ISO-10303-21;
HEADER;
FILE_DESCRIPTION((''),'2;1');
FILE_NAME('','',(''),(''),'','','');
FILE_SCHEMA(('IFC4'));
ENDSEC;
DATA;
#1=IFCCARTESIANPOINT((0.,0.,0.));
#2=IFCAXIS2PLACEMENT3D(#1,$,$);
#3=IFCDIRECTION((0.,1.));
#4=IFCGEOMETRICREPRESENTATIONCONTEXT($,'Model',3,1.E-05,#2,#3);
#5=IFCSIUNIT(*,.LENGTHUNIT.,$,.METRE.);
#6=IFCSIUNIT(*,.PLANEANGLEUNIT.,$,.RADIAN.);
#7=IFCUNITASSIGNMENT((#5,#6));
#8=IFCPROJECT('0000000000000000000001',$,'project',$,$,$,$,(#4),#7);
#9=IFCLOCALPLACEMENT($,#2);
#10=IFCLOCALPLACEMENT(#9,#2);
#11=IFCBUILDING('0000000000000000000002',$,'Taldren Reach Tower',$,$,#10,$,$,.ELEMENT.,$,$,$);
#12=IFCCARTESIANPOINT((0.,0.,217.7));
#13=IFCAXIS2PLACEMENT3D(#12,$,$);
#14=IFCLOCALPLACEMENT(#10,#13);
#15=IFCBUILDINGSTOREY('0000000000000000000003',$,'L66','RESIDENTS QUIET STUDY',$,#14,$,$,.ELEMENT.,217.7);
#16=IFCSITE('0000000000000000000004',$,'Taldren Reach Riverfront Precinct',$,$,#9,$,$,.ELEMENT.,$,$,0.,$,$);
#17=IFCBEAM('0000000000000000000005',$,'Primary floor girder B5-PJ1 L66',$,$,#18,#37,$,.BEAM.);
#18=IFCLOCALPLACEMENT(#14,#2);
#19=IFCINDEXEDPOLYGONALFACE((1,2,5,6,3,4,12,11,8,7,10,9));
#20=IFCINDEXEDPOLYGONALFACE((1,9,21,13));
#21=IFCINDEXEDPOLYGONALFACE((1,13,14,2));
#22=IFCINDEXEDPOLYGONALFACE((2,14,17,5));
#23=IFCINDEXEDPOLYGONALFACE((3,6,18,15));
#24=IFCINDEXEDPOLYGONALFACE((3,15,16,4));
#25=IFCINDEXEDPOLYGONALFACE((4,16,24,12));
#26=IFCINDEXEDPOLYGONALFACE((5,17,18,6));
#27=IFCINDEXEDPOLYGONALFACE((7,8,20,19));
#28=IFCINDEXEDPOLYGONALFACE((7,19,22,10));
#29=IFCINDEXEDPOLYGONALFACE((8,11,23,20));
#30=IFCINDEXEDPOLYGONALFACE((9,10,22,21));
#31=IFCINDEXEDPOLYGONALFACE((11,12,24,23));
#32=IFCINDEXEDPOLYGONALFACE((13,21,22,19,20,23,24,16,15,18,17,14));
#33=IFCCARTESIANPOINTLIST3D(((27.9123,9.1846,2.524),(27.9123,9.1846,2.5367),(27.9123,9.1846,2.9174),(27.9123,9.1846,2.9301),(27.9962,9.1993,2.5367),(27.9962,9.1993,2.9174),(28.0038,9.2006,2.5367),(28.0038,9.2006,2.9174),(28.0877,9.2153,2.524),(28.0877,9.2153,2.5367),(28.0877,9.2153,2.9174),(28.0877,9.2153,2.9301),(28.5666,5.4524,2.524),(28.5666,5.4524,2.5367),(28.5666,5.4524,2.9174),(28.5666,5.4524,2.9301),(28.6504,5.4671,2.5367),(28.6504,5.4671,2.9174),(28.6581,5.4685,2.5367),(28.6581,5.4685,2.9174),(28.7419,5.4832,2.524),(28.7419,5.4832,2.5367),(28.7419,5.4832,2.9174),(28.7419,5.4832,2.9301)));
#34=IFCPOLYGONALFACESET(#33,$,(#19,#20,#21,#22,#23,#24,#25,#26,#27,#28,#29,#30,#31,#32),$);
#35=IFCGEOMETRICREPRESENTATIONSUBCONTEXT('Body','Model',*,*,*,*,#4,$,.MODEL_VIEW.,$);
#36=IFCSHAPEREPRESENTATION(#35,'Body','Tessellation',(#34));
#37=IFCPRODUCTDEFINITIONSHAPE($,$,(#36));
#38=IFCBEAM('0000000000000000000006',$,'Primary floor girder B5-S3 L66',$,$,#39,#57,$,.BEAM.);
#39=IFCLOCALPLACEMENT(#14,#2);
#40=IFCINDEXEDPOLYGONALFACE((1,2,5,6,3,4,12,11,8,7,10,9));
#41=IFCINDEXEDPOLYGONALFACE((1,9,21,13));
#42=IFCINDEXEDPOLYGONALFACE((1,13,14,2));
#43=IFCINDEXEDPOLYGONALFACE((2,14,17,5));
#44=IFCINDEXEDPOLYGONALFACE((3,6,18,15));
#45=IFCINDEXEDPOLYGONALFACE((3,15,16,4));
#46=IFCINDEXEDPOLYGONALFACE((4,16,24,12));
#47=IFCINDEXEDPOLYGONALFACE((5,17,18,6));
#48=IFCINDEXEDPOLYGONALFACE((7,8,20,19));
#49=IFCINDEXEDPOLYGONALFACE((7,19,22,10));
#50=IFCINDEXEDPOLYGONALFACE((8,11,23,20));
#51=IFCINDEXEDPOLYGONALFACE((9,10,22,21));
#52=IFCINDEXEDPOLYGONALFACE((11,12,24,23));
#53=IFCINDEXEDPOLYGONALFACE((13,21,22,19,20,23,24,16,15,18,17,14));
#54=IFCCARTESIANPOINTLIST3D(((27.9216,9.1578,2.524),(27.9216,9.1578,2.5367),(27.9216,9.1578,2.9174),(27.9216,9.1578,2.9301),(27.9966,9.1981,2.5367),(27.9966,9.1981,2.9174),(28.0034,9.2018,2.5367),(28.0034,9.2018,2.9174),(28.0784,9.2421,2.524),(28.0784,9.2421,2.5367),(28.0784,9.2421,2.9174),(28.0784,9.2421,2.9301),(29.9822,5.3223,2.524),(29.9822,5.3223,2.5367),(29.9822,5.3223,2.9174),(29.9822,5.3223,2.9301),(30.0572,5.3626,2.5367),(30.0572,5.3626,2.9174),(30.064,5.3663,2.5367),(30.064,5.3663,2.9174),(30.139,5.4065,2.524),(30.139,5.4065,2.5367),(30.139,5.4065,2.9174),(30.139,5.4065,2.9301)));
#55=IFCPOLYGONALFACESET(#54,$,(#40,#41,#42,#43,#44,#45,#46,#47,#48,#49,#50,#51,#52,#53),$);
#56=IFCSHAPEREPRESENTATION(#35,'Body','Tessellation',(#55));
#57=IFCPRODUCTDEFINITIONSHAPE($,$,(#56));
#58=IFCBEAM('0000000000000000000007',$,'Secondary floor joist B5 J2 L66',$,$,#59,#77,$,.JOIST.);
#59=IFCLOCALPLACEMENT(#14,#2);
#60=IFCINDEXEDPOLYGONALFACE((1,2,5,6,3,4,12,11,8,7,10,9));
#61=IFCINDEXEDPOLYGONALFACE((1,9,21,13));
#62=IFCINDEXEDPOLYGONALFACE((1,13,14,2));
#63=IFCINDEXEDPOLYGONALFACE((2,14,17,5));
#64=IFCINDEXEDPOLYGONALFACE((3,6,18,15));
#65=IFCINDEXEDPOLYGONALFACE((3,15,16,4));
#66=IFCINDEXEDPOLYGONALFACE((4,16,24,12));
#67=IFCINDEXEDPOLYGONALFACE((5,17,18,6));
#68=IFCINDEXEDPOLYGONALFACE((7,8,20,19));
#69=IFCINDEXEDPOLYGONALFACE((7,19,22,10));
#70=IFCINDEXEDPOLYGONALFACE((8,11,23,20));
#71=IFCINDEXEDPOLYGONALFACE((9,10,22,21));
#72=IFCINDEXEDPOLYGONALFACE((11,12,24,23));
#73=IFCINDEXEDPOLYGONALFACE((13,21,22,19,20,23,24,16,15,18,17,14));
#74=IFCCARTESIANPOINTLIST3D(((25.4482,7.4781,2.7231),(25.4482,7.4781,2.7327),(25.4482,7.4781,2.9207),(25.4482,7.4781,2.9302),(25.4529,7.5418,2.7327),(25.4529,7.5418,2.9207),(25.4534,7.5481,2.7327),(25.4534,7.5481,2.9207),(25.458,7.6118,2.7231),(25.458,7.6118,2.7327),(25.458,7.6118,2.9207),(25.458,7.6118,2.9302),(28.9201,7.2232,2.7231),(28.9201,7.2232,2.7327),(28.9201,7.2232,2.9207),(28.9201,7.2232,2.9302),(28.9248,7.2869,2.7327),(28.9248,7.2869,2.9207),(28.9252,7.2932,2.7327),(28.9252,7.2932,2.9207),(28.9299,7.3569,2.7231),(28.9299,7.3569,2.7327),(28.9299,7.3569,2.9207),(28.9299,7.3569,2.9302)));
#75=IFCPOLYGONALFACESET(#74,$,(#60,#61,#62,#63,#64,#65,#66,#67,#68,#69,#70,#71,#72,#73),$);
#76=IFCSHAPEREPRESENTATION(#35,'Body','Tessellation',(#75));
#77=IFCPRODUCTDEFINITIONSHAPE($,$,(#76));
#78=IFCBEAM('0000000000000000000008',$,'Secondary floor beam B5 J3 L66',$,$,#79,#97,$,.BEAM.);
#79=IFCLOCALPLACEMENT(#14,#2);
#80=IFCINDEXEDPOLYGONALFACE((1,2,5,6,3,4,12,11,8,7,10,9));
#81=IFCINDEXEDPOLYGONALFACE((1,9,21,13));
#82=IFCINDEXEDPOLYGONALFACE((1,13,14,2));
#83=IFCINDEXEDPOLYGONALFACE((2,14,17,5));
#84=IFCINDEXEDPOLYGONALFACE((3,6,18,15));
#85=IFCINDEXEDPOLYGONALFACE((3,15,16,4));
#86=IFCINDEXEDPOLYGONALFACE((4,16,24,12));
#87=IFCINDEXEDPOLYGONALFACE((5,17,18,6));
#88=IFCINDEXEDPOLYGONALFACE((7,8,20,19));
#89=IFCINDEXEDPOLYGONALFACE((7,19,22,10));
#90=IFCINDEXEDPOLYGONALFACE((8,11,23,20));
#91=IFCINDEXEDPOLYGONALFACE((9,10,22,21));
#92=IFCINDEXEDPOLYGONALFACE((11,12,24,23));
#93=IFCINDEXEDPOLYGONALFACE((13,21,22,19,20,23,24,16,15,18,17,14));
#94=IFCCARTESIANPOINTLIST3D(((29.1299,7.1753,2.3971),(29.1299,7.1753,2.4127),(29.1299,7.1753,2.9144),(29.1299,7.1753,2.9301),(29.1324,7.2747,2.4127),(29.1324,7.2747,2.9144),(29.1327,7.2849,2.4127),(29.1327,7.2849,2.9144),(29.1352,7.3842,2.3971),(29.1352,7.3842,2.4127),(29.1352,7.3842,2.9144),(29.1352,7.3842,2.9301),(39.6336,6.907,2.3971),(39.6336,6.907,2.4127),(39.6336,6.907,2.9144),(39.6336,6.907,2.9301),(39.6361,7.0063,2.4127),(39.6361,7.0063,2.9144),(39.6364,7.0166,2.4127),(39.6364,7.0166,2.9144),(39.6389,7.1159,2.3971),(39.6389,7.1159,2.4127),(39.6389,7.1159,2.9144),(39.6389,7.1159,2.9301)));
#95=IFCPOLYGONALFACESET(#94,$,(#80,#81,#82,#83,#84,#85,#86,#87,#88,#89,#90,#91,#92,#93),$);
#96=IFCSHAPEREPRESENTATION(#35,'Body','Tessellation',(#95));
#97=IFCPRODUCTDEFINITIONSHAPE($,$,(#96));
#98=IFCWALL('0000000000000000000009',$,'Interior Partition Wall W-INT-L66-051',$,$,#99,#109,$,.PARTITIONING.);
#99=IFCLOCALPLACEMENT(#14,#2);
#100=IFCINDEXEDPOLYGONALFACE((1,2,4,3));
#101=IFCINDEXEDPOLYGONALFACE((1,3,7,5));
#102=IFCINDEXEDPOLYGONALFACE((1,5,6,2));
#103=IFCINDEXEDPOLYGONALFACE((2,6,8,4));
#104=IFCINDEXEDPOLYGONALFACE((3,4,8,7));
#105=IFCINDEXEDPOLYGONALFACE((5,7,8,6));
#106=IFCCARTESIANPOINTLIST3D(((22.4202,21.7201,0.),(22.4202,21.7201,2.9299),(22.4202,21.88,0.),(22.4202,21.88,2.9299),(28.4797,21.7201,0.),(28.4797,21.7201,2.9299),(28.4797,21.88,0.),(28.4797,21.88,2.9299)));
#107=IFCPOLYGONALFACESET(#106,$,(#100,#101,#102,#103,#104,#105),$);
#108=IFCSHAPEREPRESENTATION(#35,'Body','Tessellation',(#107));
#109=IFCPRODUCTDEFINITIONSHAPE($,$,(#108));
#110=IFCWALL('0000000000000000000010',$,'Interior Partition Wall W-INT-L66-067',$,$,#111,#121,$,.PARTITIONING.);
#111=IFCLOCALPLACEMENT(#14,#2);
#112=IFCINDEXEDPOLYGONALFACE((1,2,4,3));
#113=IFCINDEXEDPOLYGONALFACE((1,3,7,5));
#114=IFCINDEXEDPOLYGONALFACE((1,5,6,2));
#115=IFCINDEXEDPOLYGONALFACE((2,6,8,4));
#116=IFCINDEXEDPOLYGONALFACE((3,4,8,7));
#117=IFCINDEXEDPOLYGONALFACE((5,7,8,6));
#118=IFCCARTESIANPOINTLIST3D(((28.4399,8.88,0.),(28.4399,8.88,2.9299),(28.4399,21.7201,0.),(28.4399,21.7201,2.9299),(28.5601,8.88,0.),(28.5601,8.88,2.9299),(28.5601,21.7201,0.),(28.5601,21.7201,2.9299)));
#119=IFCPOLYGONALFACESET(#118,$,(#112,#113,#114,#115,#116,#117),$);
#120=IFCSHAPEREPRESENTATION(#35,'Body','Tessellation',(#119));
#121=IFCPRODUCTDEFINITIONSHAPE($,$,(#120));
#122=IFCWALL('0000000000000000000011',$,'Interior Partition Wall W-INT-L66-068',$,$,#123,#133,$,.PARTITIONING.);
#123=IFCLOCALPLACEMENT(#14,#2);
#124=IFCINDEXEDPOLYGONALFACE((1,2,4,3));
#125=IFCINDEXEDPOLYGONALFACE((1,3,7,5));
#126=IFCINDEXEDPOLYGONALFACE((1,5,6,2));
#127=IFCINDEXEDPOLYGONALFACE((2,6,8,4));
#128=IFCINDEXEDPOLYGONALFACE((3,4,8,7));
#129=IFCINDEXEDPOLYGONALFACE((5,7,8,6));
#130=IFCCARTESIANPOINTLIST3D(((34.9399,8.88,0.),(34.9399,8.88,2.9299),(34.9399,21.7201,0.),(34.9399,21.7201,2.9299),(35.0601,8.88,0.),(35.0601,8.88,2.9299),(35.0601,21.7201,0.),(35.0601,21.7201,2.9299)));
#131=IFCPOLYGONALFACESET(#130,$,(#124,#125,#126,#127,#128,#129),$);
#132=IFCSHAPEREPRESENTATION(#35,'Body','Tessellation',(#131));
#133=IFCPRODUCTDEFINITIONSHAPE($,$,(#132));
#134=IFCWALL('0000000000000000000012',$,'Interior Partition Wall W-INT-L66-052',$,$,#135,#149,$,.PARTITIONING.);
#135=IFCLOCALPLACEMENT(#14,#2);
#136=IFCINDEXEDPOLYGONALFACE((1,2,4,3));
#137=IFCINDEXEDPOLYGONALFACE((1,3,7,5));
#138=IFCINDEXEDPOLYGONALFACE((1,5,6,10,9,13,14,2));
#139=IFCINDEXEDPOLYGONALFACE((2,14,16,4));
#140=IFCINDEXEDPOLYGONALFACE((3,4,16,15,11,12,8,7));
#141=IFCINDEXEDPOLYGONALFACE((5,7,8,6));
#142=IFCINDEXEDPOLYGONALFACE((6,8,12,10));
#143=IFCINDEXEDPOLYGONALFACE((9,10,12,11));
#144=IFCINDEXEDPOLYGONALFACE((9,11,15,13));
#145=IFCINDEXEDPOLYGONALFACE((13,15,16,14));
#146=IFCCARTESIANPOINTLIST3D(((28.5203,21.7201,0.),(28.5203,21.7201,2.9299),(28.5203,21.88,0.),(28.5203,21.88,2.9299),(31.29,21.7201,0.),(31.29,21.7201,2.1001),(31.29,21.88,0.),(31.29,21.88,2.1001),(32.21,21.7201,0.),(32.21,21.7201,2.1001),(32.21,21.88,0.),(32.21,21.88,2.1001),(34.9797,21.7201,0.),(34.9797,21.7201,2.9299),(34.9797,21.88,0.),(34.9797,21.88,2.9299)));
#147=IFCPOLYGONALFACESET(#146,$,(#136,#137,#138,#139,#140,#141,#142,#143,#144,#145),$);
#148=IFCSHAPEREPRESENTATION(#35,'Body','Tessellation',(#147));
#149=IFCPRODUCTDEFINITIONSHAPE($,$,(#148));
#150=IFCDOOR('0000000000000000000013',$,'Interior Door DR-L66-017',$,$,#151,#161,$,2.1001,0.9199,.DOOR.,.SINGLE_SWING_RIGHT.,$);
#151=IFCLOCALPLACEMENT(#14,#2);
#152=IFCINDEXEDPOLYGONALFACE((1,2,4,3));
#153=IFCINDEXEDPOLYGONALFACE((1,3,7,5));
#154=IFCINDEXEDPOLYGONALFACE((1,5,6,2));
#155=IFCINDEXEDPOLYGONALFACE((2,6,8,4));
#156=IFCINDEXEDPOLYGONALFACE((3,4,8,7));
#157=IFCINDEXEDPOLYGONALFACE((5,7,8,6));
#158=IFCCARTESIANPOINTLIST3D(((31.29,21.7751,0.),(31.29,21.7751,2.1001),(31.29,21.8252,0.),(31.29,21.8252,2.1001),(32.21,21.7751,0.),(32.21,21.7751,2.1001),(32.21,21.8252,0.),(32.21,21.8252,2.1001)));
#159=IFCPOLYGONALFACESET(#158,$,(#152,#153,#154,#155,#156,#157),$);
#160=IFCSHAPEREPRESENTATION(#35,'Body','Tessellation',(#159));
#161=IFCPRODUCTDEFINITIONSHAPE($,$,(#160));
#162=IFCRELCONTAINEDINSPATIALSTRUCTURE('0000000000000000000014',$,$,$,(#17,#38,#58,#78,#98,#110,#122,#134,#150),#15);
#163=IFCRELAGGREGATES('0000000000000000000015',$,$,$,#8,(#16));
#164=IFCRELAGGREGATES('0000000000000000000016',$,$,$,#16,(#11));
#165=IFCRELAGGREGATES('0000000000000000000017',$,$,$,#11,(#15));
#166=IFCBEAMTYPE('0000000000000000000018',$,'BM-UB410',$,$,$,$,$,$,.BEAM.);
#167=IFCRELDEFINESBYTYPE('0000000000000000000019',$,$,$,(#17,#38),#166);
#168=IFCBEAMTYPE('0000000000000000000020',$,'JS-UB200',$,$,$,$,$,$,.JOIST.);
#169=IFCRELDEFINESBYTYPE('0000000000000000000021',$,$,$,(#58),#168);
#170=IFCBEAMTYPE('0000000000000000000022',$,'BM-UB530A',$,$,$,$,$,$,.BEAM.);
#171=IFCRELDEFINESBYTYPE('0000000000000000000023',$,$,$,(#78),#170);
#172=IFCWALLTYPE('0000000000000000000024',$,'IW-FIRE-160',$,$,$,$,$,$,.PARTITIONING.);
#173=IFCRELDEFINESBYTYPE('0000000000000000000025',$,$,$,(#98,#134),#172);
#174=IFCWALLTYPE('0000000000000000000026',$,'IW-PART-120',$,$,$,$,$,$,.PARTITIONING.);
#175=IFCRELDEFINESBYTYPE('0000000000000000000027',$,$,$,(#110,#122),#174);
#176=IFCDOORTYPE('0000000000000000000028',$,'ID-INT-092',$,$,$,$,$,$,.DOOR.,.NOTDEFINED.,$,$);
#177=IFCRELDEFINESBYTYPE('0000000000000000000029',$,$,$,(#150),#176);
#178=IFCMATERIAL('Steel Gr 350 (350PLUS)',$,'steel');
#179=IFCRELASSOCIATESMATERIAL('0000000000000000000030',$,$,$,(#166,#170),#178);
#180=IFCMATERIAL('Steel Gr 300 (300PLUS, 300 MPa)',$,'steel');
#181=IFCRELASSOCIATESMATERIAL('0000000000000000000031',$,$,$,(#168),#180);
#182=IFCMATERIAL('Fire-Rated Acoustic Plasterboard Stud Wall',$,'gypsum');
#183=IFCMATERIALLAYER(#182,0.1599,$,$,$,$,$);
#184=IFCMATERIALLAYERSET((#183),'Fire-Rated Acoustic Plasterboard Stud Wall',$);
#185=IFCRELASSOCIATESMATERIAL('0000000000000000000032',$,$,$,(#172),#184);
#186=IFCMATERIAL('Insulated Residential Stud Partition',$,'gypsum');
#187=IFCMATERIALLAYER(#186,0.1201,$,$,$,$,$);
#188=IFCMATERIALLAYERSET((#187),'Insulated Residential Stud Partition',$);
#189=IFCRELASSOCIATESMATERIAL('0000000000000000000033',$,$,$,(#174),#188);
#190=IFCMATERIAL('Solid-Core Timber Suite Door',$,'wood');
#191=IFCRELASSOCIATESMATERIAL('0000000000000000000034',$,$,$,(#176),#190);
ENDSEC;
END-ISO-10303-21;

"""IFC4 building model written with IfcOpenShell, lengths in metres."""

from ifc_helpers import new_model, si_unit, direction, frame, frame_2d, origin, origin_2d, place, context, subcontext, project, spatial, rectangle, i_section, extrude, source, transform, mapped, material, layer, layer_set, material_profile, profile_set, type_object, element, fill, save


model = new_model("IFC4")

# Units and contexts
model_context = context("Model", 3, precision=1e-05, world=origin(), true_north=direction((0.0, 1.0)))
body_context = subcontext(model_context, "Body", "Model", "MODEL_VIEW")
ifc_project = project(units=[si_unit("LENGTHUNIT", "METRE"), si_unit("PLANEANGLEUNIT", "RADIAN")], contexts=[model_context])

# Site, building, storey
site_placement = place(None, origin())
site = spatial("IfcSite", under=ifc_project, at=site_placement, Name="Taldren Reach Riverfront Precinct", CompositionType="ELEMENT", RefElevation=0.0)
building_placement = place(site_placement, origin())
building = spatial("IfcBuilding", under=site, at=building_placement, Name="Taldren Reach Tower", CompositionType="ELEMENT")
storey_placement = place(building_placement, frame((0.0, 0.0, 217.7)))
storey = spatial("IfcBuildingStorey", under=building, at=storey_placement, Name="L66", Description="RESIDENTS QUIET STUDY", CompositionType="ELEMENT", Elevation=217.7)

# Shared definitions
ifc_material_1 = material(Name="Steel Gr 350 (350PLUS)", Category="steel")

# Beams
ifc_material_profile_1 = material_profile(ifc_material_1, i_section(OverallWidth=0.178, OverallDepth=0.406, WebThickness=0.0078, FlangeThickness=0.0127, at=origin_2d()), Name="410UB59.7")
ifc_profile_set_1 = profile_set([ifc_material_profile_1], Name="Steel Gr 350 (350PLUS)")
beam_type_1 = type_object("IfcBeamType", Name="BM-UB410", PredefinedType="BEAM", material=ifc_profile_set_1)
shared_shape_1 = source(origin(), body_context, "Body", "SweptSolid", [
    extrude(i_section(OverallWidth=0.178, OverallDepth=0.406, WebThickness=0.0078, FlangeThickness=0.0127, at=origin_2d()), origin(), (0.0, 0.0, 1.0), 3.7891),
])
beam_1_placement = place(storey_placement, frame((28.0, 9.2, 2.7271), z_axis=(0.172679, -0.984978, 0.0), x_axis=(0.984978, 0.172679, 0.0)))
element("IfcBeam", 1, at=beam_1_placement, inside=storey, type_object=beam_type_1, Name="Primary floor girder B5-PJ1 L66", PredefinedType="BEAM", context=body_context, shape_type="MappedRepresentation", body=[
    mapped(shared_shape_1, transform((0.0, 0.0, 0.0), scale=1.0)),
])
shared_shape_2 = source(origin(), body_context, "Body", "SweptSolid", [
    extrude(i_section(OverallWidth=0.178, OverallDepth=0.406, WebThickness=0.0078, FlangeThickness=0.0127, at=origin_2d()), origin(), (0.0, 0.0, 1.0), 4.354),
])
beam_2_placement = place(storey_placement, frame((28.0, 9.2, 2.7271), z_axis=(0.473264, -0.880921, 0.0), x_axis=(0.880921, 0.473264, 0.0)))
element("IfcBeam", 2, at=beam_2_placement, inside=storey, type_object=beam_type_1, Name="Primary floor girder B5-S3 L66", PredefinedType="BEAM", context=body_context, shape_type="MappedRepresentation", body=[
    mapped(shared_shape_2, transform((0.0, 0.0, 0.0), scale=1.0)),
])
ifc_material_2 = material(Name="Steel Gr 300 (300PLUS, 300 MPa)", Category="steel")
ifc_material_profile_2 = material_profile(ifc_material_2, i_section(OverallWidth=0.134, OverallDepth=0.207, WebThickness=0.0063, FlangeThickness=0.0095, at=origin_2d()), Name="200UB29.8")
ifc_profile_set_2 = profile_set([ifc_material_profile_2], Name="Steel Gr 300 (300PLUS, 300 MPa)")
beam_type_2 = type_object("IfcBeamType", Name="JS-UB200", PredefinedType="JOIST", material=ifc_profile_set_2)
shared_shape_3 = source(origin(), body_context, "Body", "SweptSolid", [
    extrude(i_section(OverallWidth=0.134, OverallDepth=0.207, WebThickness=0.0063, FlangeThickness=0.0095, at=origin_2d()), origin(), (0.0, 0.0, 1.0), 3.4812),
])
beam_3_placement = place(storey_placement, frame((25.4531, 7.5449, 2.8267), z_axis=(0.997316, -0.073216, 0.0), x_axis=(0.073216, 0.997316, 0.0)))
element("IfcBeam", 3, at=beam_3_placement, inside=storey, type_object=beam_type_2, Name="Secondary floor joist B5 J2 L66", PredefinedType="JOIST", context=body_context, shape_type="MappedRepresentation", body=[
    mapped(shared_shape_3, transform((0.0, 0.0, 0.0), scale=1.0)),
])
ifc_material_profile_3 = material_profile(ifc_material_1, i_section(OverallWidth=0.209, OverallDepth=0.533, WebThickness=0.0103, FlangeThickness=0.0156, at=origin_2d()), Name="530UB92.4")
ifc_profile_set_3 = profile_set([ifc_material_profile_3], Name="Steel Gr 350 (350PLUS)")
beam_type_3 = type_object("IfcBeamType", Name="BM-UB530A", PredefinedType="BEAM", material=ifc_profile_set_3)
shared_shape_4 = source(origin(), body_context, "Body", "SweptSolid", [
    extrude(i_section(OverallWidth=0.209, OverallDepth=0.533, WebThickness=0.0103, FlangeThickness=0.0156, at=origin_2d()), origin(), (0.0, 0.0, 1.0), 10.5071),
])
beam_4_placement = place(storey_placement, frame((29.1326, 7.2798, 2.6636), z_axis=(0.999674, -0.025536, 0.0), x_axis=(0.025536, 0.999674, 0.0)))
element("IfcBeam", 4, at=beam_4_placement, inside=storey, type_object=beam_type_3, Name="Secondary floor beam B5 J3 L66", PredefinedType="BEAM", context=body_context, shape_type="MappedRepresentation", body=[
    mapped(shared_shape_4, transform((0.0, 0.0, 0.0), scale=1.0)),
])

# Walls
ifc_material_3 = material(Name="Fire-Rated Acoustic Plasterboard Stud Wall", Category="gypsum")
ifc_layer_1 = layer(ifc_material_3, 0.1599)
ifc_layer_set_1 = layer_set([ifc_layer_1], Name="Fire-Rated Acoustic Plasterboard Stud Wall")
wall_type_1 = type_object("IfcWallType", Name="IW-FIRE-160", PredefinedType="PARTITIONING", material=ifc_layer_set_1)
shared_shape_5 = source(origin(), body_context, "Body", "SweptSolid", [
    extrude(rectangle(XDim=6.0596, YDim=0.1599, at=frame_2d((3.0298, 0.0))), origin(), (0.0, 0.0, 1.0), 2.9299),
])
wall_1_placement = place(storey_placement, frame((28.4797, 21.8, 0.0), z_axis=(0.0, 0.0, 1.0), x_axis=(-1.0, 0.0, 0.0)))
element("IfcWall", 5, at=wall_1_placement, inside=storey, type_object=wall_type_1, Name="Interior Partition Wall W-INT-L66-051", PredefinedType="PARTITIONING", context=body_context, shape_type="MappedRepresentation", body=[
    mapped(shared_shape_5, transform((0.0, 0.0, 0.0), scale=1.0)),
])
ifc_material_4 = material(Name="Insulated Residential Stud Partition", Category="gypsum")
ifc_layer_2 = layer(ifc_material_4, 0.1201)
ifc_layer_set_2 = layer_set([ifc_layer_2], Name="Insulated Residential Stud Partition")
wall_type_2 = type_object("IfcWallType", Name="IW-PART-120", PredefinedType="PARTITIONING", material=ifc_layer_set_2)
shared_shape_6 = source(origin(), body_context, "Body", "SweptSolid", [
    extrude(rectangle(XDim=12.8401, YDim=0.1201, at=frame_2d((6.4199, 0.0))), origin(), (0.0, 0.0, 1.0), 2.9299),
])
for number, where, z_axis, x_axis, name in (
    (6, (28.5, 21.72, 0.0), (0.0, 0.0, 1.0), (0.0, -1.0, 0.0), "Interior Partition Wall W-INT-L66-067"),
    (7, (35.0, 21.72, 0.0), (0.0, 0.0, 1.0), (0.0, -1.0, 0.0), "Interior Partition Wall W-INT-L66-068"),
):
    element("IfcWall", number, at=place(storey_placement, frame(where, z_axis=z_axis, x_axis=x_axis)), inside=storey, type_object=wall_type_2, Name=name, PredefinedType="PARTITIONING", context=body_context, shape_type="MappedRepresentation", body=[
        mapped(shared_shape_6, transform((0.0, 0.0, 0.0), scale=1.0)),
    ])

# Wall, opening, door
shared_shape_7 = source(origin(), body_context, "Body", "SweptSolid", [
    extrude(rectangle(XDim=6.4595, YDim=0.1599, at=frame_2d((3.2297, 0.0))), origin(), (0.0, 0.0, 1.0), 2.9299),
])
wall_2_placement = place(storey_placement, frame((34.9797, 21.8, 0.0), z_axis=(0.0, 0.0, 1.0), x_axis=(-1.0, 0.0, 0.0)))
wall_2 = element("IfcWall", 8, at=wall_2_placement, inside=storey, type_object=wall_type_1, Name="Interior Partition Wall W-INT-L66-052", PredefinedType="PARTITIONING", context=body_context, shape_type="MappedRepresentation", body=[
    mapped(shared_shape_7, transform((0.0, 0.0, 0.0), scale=1.0)),
])
shared_shape_8 = source(origin(), body_context, "Body", "SweptSolid", [
    extrude(rectangle(XDim=0.9199, YDim=2.1001, at=frame_2d((0.46, 1.05))), frame((0.0, 0.0898, 0.0), z_axis=(0.0, -1.0, 0.0), x_axis=(1.0, 0.0, 0.0)), (0.0, 0.0, 1.0), 0.1799),
])
opening_placement = place(wall_2_placement, frame((2.7698, 0.0, 0.0)))
opening = element("IfcOpeningElement", 9, at=opening_placement, cuts=wall_2, PredefinedType="OPENING", context=body_context, shape_type="MappedRepresentation", body=[
    mapped(shared_shape_8, transform((0.0, 0.0, 0.0), scale=1.0)),
])
ifc_material_5 = material(Name="Solid-Core Timber Suite Door", Category="wood")
door_type = type_object("IfcDoorType", Name="ID-INT-092", OperationType="NOTDEFINED", PredefinedType="DOOR", material=ifc_material_5)
shared_shape_9 = source(origin(), body_context, "Body", "SweptSolid", [
    extrude(rectangle(XDim=0.9199, YDim=2.1001, at=frame_2d((0.46, 1.05))), frame((0.0, 0.0249, 0.0), z_axis=(0.0, -1.0, 0.0), x_axis=(1.0, 0.0, 0.0)), (0.0, 0.0, 1.0), 0.05),
])
door_placement = place(opening_placement, origin())
door = element("IfcDoor", 10, at=door_placement, inside=storey, type_object=door_type, Name="Interior Door DR-L66-017", OperationType="SINGLE_SWING_RIGHT", OverallHeight=2.1001, OverallWidth=0.9199, PredefinedType="DOOR", context=body_context, shape_type="MappedRepresentation", body=[
    mapped(shared_shape_9, transform((0.0, 0.0, 0.0), scale=1.0)),
])
fill(opening, door)

save(model, "model.ifc")
